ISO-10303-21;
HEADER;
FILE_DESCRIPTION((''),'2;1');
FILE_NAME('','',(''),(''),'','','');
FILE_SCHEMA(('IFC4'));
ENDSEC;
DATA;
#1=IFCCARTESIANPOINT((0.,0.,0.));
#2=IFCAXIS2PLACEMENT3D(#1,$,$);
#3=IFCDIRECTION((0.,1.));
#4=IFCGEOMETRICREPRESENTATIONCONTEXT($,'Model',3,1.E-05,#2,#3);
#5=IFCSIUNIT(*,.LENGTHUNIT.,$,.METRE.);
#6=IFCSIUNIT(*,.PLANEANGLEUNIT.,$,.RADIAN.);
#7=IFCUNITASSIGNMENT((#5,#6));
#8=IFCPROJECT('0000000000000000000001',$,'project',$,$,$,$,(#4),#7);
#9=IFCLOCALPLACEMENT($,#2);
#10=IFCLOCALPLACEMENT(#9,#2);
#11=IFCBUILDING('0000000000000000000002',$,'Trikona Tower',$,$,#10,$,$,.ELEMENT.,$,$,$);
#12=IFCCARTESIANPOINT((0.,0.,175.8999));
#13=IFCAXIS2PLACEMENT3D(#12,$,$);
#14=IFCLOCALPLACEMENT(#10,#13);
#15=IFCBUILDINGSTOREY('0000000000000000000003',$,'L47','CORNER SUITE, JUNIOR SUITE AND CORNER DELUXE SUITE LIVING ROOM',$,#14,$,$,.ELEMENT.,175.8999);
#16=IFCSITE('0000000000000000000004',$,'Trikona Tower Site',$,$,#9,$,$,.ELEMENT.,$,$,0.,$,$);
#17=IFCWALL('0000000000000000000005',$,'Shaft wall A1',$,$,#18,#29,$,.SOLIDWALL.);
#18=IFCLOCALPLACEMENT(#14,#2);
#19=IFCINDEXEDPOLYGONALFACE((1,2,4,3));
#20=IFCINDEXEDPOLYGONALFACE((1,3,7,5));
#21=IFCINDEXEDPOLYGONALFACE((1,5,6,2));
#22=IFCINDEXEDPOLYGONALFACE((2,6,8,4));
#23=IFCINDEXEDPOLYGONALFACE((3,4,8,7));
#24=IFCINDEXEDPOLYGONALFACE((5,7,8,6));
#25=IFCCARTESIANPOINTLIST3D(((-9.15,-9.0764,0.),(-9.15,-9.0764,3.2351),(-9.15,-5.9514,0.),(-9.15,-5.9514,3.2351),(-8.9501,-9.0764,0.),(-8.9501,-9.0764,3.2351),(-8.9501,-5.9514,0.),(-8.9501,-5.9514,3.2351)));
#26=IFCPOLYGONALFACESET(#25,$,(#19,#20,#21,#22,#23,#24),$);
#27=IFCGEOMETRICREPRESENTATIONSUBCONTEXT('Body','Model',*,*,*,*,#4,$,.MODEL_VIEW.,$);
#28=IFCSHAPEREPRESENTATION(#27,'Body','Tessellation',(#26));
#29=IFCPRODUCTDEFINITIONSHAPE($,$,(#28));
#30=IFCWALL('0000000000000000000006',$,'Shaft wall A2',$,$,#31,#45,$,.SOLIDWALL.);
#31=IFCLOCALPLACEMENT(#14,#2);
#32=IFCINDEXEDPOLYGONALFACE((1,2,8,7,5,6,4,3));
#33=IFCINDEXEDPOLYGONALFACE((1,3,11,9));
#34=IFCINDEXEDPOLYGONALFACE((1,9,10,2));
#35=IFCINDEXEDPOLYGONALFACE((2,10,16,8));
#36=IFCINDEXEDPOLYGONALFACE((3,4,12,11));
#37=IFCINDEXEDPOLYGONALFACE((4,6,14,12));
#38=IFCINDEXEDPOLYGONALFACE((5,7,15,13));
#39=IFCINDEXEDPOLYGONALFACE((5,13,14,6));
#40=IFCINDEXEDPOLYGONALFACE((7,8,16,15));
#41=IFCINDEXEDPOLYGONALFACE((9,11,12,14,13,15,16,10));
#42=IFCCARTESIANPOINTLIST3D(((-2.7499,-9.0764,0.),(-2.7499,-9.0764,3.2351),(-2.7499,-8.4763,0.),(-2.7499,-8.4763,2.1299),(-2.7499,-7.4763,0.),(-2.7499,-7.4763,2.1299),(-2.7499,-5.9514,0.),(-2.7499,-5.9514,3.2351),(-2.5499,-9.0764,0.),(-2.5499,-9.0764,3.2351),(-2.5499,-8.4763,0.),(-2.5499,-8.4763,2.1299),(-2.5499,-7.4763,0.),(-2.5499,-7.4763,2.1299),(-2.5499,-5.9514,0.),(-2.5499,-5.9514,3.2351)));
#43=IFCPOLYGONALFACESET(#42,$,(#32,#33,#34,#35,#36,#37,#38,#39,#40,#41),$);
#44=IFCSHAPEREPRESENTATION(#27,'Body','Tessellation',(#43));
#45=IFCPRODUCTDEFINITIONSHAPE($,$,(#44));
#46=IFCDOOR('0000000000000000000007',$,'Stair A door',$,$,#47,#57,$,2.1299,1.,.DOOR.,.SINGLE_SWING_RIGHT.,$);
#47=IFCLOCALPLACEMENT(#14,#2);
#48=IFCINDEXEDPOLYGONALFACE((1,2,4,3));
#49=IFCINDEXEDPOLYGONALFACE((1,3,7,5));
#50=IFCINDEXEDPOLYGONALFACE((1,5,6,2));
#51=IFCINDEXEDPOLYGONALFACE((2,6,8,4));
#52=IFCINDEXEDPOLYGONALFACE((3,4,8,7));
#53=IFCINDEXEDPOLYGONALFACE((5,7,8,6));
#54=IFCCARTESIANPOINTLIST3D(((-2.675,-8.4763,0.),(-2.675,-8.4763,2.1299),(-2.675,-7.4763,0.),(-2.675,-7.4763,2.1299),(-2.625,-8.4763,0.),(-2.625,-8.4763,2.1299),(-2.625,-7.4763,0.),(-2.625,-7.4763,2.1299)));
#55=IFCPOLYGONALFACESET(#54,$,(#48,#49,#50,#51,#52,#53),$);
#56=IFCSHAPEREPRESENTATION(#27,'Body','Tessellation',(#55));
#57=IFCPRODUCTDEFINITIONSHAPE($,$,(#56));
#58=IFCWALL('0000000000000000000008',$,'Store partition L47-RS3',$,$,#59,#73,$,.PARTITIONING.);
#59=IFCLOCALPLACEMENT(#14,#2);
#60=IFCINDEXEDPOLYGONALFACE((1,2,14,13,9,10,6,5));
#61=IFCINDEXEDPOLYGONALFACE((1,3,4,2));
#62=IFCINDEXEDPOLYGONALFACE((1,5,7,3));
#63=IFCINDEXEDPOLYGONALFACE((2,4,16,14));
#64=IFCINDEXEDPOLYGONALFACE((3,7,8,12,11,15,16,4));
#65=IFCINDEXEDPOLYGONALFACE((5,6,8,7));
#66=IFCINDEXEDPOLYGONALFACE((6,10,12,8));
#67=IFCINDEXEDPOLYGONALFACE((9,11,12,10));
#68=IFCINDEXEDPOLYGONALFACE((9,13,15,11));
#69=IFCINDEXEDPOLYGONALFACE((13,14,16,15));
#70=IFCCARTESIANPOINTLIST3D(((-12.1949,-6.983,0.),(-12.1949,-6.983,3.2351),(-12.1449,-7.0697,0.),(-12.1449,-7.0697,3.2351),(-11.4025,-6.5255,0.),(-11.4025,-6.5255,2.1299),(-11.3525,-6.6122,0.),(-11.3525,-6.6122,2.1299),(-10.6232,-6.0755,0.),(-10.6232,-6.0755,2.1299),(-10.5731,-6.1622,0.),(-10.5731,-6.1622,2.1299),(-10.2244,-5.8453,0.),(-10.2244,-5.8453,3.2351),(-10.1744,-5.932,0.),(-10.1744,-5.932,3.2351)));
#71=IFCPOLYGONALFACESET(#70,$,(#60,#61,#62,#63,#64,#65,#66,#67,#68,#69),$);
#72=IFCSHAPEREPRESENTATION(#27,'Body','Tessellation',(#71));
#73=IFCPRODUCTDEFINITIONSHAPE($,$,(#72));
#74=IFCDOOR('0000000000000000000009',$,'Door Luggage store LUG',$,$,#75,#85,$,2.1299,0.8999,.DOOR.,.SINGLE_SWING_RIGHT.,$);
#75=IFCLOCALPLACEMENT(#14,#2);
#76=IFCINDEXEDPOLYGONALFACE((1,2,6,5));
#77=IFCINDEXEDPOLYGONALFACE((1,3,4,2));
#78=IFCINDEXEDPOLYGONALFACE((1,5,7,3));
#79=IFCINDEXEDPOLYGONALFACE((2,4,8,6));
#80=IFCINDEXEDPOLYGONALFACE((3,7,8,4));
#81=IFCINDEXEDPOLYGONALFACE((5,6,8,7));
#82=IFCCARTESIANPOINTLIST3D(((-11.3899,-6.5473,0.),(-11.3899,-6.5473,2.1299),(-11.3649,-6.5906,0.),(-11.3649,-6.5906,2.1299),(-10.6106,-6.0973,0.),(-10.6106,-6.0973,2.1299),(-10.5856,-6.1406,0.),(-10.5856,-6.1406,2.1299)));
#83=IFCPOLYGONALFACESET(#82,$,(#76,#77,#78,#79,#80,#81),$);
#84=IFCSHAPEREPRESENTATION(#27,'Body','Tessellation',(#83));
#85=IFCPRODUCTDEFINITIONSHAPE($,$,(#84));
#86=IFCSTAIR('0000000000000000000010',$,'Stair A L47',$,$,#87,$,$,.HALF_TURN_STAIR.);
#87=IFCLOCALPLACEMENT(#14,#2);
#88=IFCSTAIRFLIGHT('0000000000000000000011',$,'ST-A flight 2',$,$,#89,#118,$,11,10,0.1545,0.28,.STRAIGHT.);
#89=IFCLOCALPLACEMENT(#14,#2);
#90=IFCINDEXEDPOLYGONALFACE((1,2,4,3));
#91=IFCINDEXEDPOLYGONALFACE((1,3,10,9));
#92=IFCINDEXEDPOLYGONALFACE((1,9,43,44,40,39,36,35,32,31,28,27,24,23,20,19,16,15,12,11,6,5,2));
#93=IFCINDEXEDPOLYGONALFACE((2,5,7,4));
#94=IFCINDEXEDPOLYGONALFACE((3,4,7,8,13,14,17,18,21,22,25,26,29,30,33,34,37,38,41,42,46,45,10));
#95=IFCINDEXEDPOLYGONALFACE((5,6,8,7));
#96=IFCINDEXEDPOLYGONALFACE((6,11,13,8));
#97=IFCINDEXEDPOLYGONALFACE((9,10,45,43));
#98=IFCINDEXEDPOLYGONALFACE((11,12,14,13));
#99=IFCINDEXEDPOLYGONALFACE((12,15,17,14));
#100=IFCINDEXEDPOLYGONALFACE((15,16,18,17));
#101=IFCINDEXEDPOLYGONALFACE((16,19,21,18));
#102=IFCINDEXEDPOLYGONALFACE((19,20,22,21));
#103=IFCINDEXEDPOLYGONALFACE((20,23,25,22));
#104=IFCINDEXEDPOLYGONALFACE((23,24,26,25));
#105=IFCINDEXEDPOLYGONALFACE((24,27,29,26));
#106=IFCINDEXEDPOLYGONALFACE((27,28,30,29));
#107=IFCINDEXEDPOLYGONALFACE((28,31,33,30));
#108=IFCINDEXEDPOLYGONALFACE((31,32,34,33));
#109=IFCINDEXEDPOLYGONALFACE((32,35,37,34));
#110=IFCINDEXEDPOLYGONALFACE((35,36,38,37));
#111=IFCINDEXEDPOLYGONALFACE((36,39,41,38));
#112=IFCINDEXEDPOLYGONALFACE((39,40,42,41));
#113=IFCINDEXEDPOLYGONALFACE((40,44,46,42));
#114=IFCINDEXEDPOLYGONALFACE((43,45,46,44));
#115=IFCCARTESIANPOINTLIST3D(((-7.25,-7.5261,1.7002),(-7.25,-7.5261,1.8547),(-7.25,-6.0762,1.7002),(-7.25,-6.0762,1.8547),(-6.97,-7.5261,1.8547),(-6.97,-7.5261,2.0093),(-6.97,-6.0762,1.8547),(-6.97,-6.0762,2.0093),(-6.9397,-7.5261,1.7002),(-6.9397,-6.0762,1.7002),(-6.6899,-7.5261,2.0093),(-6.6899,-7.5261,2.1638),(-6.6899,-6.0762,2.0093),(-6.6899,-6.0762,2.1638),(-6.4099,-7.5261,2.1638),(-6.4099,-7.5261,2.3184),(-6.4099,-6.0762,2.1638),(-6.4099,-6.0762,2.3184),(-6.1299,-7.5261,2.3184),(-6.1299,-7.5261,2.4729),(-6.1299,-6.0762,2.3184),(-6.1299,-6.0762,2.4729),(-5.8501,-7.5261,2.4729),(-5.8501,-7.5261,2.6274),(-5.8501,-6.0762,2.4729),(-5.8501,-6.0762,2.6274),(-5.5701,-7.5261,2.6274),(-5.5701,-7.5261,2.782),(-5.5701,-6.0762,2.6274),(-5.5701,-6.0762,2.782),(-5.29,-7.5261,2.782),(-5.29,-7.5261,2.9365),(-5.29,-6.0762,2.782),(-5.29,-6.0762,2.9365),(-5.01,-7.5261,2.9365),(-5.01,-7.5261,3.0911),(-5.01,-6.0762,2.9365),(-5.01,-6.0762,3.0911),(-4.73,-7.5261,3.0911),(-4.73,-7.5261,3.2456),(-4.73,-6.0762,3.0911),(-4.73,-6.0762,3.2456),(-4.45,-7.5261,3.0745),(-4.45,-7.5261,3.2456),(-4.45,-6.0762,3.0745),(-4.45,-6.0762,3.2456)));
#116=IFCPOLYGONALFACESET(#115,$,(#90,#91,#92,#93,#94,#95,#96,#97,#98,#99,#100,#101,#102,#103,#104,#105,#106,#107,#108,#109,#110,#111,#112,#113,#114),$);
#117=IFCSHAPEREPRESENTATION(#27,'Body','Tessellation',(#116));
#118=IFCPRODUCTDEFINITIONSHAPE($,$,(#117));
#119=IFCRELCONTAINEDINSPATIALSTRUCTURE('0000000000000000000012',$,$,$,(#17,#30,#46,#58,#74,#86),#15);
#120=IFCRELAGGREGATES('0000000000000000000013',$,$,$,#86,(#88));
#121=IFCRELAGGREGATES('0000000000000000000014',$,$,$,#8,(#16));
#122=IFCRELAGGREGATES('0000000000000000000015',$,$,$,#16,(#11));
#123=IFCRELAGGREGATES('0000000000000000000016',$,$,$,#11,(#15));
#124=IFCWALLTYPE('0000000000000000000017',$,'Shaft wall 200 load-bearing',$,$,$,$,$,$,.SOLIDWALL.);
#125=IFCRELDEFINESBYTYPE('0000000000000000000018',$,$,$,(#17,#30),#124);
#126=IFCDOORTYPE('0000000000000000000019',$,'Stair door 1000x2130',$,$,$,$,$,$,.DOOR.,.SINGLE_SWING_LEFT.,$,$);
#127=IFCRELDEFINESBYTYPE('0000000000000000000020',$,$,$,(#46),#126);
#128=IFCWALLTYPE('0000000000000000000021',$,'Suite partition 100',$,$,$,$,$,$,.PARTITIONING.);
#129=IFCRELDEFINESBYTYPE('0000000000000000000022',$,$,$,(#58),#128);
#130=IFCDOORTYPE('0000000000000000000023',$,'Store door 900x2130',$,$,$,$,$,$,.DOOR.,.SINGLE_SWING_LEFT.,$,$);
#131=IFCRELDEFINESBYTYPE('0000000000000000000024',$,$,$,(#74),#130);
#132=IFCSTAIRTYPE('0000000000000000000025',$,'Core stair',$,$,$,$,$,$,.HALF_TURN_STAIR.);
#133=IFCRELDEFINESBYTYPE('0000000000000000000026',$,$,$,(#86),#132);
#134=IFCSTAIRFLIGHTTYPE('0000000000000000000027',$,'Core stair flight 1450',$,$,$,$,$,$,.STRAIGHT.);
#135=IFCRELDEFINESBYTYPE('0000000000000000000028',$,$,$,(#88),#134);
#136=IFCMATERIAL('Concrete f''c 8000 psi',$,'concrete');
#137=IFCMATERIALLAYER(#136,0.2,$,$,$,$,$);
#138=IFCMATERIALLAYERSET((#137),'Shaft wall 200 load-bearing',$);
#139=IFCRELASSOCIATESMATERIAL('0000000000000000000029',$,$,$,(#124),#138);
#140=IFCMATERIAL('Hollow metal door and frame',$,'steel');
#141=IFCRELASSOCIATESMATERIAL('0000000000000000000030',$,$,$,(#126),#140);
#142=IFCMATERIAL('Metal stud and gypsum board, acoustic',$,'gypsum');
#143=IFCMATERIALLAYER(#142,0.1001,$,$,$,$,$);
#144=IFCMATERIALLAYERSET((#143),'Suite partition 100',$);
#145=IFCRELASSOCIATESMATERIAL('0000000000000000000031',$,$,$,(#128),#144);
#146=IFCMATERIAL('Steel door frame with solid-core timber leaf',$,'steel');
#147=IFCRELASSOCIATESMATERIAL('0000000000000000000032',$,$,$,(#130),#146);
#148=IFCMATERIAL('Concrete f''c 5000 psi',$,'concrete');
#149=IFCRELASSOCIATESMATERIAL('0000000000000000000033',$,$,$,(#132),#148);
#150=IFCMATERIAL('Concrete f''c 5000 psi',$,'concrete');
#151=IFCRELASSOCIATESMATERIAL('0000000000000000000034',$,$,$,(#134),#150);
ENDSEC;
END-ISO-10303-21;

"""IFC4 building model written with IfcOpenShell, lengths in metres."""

from ifc_helpers import new_model, si_unit, direction, frame, frame_2d, origin, place, context, subcontext, project, spatial, polyline, rectangle, outline, extrude, material, layer, layer_set, type_object, element, fill, aggregate, save


model = new_model("IFC4")

# Units and contexts
model_context = context("Model", 3, precision=1e-05, world=origin(), true_north=direction((0.0, 1.0)))
body_context = subcontext(model_context, "Body", "Model", "MODEL_VIEW")
ifc_project = project(units=[si_unit("LENGTHUNIT", "METRE"), si_unit("PLANEANGLEUNIT", "RADIAN")], contexts=[model_context])

# Site, building, storey
site_placement = place(None, origin())
site = spatial("IfcSite", under=ifc_project, at=site_placement, Name="Trikona Tower Site", CompositionType="ELEMENT", RefElevation=0.0)
building_placement = place(site_placement, origin())
building = spatial("IfcBuilding", under=site, at=building_placement, Name="Trikona Tower", CompositionType="ELEMENT")
storey_placement = place(building_placement, frame((0.0, 0.0, 175.8999)))
storey = spatial("IfcBuildingStorey", under=building, at=storey_placement, Name="L47", Description="CORNER SUITE, JUNIOR SUITE AND CORNER DELUXE SUITE LIVING ROOM", CompositionType="ELEMENT", Elevation=175.8999)

# Wall
ifc_material_1 = material(Name="Concrete f'c 8000 psi", Category="concrete")
ifc_layer_1 = layer(ifc_material_1, 0.2)
ifc_layer_set_1 = layer_set([ifc_layer_1], Name="Shaft wall 200 load-bearing")
wall_type_1 = type_object("IfcWallType", Name="Shaft wall 200 load-bearing", PredefinedType="SOLIDWALL", material=ifc_layer_set_1)
wall_1_placement = place(storey_placement, frame((-9.05, -5.9514, 0.0), z_axis=(0.0, 0.0, 1.0), x_axis=(0.0, -1.0, 0.0)))
element("IfcWall", 1, at=wall_1_placement, inside=storey, type_object=wall_type_1, Name="Shaft wall A1", PredefinedType="SOLIDWALL", context=body_context, shape_type="SweptSolid", body=[
    extrude(rectangle(XDim=3.125, YDim=0.2, at=frame_2d((1.5625, 0.0))), origin(), (0.0, 0.0, 1.0), 3.2351),
])

# Walls, openings, doors
wall_2_placement = place(storey_placement, frame((-2.6499, -5.9514, 0.0), z_axis=(0.0, 0.0, 1.0), x_axis=(0.0, -1.0, 0.0)))
wall_2 = element("IfcWall", 2, at=wall_2_placement, inside=storey, type_object=wall_type_1, Name="Shaft wall A2", PredefinedType="SOLIDWALL", context=body_context, shape_type="SweptSolid", body=[
    extrude(rectangle(XDim=3.125, YDim=0.2, at=frame_2d((1.5625, 0.0))), origin(), (0.0, 0.0, 1.0), 3.2351),
])
opening_1_placement = place(wall_2_placement, frame((1.5249, 0.0, 0.0)))
opening_1 = element("IfcOpeningElement", 3, at=opening_1_placement, cuts=wall_2, PredefinedType="OPENING", context=body_context, shape_type="SweptSolid", body=[
    extrude(rectangle(XDim=1.0, YDim=2.1299, at=frame_2d((0.5, 1.0649))), frame((0.0, 0.1099, 0.0), z_axis=(0.0, -1.0, 0.0), x_axis=(1.0, 0.0, 0.0)), (0.0, 0.0, 1.0), 0.22),
])
ifc_material_2 = material(Name="Hollow metal door and frame", Category="steel")
door_type_1 = type_object("IfcDoorType", Name="Stair door 1000x2130", OperationType="SINGLE_SWING_LEFT", PredefinedType="DOOR", material=ifc_material_2)
door_1_placement = place(opening_1_placement, origin())
door_1 = element("IfcDoor", 4, at=door_1_placement, inside=storey, type_object=door_type_1, Name="Stair A door", OperationType="SINGLE_SWING_RIGHT", OverallHeight=2.1299, OverallWidth=1.0, PredefinedType="DOOR", context=body_context, shape_type="SweptSolid", body=[
    extrude(rectangle(XDim=1.0, YDim=2.1299, at=frame_2d((0.5, 1.0649))), frame((0.0, 0.0249, 0.0), z_axis=(0.0, -1.0, 0.0), x_axis=(1.0, 0.0, 0.0)), (0.0, 0.0, 1.0), 0.05),
])
fill(opening_1, door_1)
ifc_material_3 = material(Name="Metal stud and gypsum board, acoustic", Category="gypsum")
ifc_layer_2 = layer(ifc_material_3, 0.1001)
ifc_layer_set_2 = layer_set([ifc_layer_2], Name="Suite partition 100")
wall_type_2 = type_object("IfcWallType", Name="Suite partition 100", PredefinedType="PARTITIONING", material=ifc_layer_set_2)
wall_3_placement = place(storey_placement, frame((-12.1699, -7.0264, 0.0), z_axis=(0.0, 0.0, 1.0), x_axis=(0.866016, 0.500017, 0.0)))
wall_3 = element("IfcWall", 5, at=wall_3_placement, inside=storey, type_object=wall_type_2, Name="Store partition L47-RS3", PredefinedType="PARTITIONING", context=body_context, shape_type="SweptSolid", body=[
    extrude(rectangle(XDim=2.2754, YDim=0.1001, at=frame_2d((1.1377, 0.0))), origin(), (0.0, 0.0, 1.0), 3.2351),
])
opening_2_placement = place(wall_3_placement, frame((0.915, 0.0, 0.0)))
opening_2 = element("IfcOpeningElement", 6, at=opening_2_placement, cuts=wall_3, PredefinedType="OPENING", context=body_context, shape_type="SweptSolid", body=[
    extrude(rectangle(XDim=0.8999, YDim=2.1299, at=frame_2d((0.45, 1.0649))), frame((0.0, 0.0601, 0.0), z_axis=(0.0, -1.0, 0.0), x_axis=(1.0, 0.0, 0.0)), (0.0, 0.0, 1.0), 0.1201),
])
ifc_material_4 = material(Name="Steel door frame with solid-core timber leaf", Category="steel")
door_type_2 = type_object("IfcDoorType", Name="Store door 900x2130", OperationType="SINGLE_SWING_LEFT", PredefinedType="DOOR", material=ifc_material_4)
door_2_placement = place(opening_2_placement, origin())
door_2 = element("IfcDoor", 7, at=door_2_placement, inside=storey, type_object=door_type_2, Name="Door Luggage store LUG", OperationType="SINGLE_SWING_RIGHT", OverallHeight=2.1299, OverallWidth=0.8999, PredefinedType="DOOR", context=body_context, shape_type="SweptSolid", body=[
    extrude(rectangle(XDim=0.8999, YDim=2.1299, at=frame_2d((0.45, 1.0649))), frame((0.0, 0.0249, 0.0), z_axis=(0.0, -1.0, 0.0), x_axis=(1.0, 0.0, 0.0)), (0.0, 0.0, 1.0), 0.05),
])
fill(opening_2, door_2)

# Stair, stair flight
ifc_material_5 = material(Name="Concrete f'c 5000 psi", Category="concrete")
stair_type = type_object("IfcStairType", Name="Core stair", PredefinedType="HALF_TURN_STAIR", material=ifc_material_5)
stair_placement = place(storey_placement, origin())
stair = element("IfcStair", 8, at=stair_placement, inside=storey, type_object=stair_type, Name="Stair A L47", PredefinedType="HALF_TURN_STAIR")
ifc_material_6 = material(Name="Concrete f'c 5000 psi", Category="concrete")
stair_flight_type = type_object("IfcStairFlightType", Name="Core stair flight 1450", PredefinedType="STRAIGHT", material=ifc_material_6)
stair_flight_placement = place(storey_placement, frame((-7.25, -6.8013, 1.7002), z_axis=(0.0, 0.0, 1.0), x_axis=(1.0, 0.0, 0.0)))
stair_flight = element("IfcStairFlight", 9, at=stair_flight_placement, type_object=stair_flight_type, Name="ST-A flight 2", NumberOfRisers=11, NumberOfTreads=10, PredefinedType="STRAIGHT", RiserHeight=0.1545, TreadLength=0.28, context=body_context, shape_type="SweptSolid", body=[
    extrude(outline(polyline([(0.0, 0.0), (0.0, 0.1545), (0.28, 0.1545), (0.28, 0.3091), (0.5601, 0.3091), (0.5601, 0.4636), (0.8401, 0.4636), (0.8401, 0.6182), (1.1201, 0.6182), (1.1201, 0.7727), (1.3999, 0.7727), (1.3999, 0.9272), (1.6799, 0.9272), (1.6799, 1.0818), (1.96, 1.0818), (1.96, 1.2363), (2.24, 1.2363), (2.24, 1.3909), (2.52, 1.3909), (2.52, 1.5454), (2.8, 1.5454), (2.8, 1.7), (2.8, 1.3743), (0.3103, 0.0), (0.0, 0.0)])), frame((0.0, 0.7251, 0.0), z_axis=(0.0, -1.0, 0.0), x_axis=(1.0, 0.0, 0.0)), (0.0, 0.0, 1.0), 1.45),
])
aggregate(stair, [stair_flight])

save(model, "model.ifc")
